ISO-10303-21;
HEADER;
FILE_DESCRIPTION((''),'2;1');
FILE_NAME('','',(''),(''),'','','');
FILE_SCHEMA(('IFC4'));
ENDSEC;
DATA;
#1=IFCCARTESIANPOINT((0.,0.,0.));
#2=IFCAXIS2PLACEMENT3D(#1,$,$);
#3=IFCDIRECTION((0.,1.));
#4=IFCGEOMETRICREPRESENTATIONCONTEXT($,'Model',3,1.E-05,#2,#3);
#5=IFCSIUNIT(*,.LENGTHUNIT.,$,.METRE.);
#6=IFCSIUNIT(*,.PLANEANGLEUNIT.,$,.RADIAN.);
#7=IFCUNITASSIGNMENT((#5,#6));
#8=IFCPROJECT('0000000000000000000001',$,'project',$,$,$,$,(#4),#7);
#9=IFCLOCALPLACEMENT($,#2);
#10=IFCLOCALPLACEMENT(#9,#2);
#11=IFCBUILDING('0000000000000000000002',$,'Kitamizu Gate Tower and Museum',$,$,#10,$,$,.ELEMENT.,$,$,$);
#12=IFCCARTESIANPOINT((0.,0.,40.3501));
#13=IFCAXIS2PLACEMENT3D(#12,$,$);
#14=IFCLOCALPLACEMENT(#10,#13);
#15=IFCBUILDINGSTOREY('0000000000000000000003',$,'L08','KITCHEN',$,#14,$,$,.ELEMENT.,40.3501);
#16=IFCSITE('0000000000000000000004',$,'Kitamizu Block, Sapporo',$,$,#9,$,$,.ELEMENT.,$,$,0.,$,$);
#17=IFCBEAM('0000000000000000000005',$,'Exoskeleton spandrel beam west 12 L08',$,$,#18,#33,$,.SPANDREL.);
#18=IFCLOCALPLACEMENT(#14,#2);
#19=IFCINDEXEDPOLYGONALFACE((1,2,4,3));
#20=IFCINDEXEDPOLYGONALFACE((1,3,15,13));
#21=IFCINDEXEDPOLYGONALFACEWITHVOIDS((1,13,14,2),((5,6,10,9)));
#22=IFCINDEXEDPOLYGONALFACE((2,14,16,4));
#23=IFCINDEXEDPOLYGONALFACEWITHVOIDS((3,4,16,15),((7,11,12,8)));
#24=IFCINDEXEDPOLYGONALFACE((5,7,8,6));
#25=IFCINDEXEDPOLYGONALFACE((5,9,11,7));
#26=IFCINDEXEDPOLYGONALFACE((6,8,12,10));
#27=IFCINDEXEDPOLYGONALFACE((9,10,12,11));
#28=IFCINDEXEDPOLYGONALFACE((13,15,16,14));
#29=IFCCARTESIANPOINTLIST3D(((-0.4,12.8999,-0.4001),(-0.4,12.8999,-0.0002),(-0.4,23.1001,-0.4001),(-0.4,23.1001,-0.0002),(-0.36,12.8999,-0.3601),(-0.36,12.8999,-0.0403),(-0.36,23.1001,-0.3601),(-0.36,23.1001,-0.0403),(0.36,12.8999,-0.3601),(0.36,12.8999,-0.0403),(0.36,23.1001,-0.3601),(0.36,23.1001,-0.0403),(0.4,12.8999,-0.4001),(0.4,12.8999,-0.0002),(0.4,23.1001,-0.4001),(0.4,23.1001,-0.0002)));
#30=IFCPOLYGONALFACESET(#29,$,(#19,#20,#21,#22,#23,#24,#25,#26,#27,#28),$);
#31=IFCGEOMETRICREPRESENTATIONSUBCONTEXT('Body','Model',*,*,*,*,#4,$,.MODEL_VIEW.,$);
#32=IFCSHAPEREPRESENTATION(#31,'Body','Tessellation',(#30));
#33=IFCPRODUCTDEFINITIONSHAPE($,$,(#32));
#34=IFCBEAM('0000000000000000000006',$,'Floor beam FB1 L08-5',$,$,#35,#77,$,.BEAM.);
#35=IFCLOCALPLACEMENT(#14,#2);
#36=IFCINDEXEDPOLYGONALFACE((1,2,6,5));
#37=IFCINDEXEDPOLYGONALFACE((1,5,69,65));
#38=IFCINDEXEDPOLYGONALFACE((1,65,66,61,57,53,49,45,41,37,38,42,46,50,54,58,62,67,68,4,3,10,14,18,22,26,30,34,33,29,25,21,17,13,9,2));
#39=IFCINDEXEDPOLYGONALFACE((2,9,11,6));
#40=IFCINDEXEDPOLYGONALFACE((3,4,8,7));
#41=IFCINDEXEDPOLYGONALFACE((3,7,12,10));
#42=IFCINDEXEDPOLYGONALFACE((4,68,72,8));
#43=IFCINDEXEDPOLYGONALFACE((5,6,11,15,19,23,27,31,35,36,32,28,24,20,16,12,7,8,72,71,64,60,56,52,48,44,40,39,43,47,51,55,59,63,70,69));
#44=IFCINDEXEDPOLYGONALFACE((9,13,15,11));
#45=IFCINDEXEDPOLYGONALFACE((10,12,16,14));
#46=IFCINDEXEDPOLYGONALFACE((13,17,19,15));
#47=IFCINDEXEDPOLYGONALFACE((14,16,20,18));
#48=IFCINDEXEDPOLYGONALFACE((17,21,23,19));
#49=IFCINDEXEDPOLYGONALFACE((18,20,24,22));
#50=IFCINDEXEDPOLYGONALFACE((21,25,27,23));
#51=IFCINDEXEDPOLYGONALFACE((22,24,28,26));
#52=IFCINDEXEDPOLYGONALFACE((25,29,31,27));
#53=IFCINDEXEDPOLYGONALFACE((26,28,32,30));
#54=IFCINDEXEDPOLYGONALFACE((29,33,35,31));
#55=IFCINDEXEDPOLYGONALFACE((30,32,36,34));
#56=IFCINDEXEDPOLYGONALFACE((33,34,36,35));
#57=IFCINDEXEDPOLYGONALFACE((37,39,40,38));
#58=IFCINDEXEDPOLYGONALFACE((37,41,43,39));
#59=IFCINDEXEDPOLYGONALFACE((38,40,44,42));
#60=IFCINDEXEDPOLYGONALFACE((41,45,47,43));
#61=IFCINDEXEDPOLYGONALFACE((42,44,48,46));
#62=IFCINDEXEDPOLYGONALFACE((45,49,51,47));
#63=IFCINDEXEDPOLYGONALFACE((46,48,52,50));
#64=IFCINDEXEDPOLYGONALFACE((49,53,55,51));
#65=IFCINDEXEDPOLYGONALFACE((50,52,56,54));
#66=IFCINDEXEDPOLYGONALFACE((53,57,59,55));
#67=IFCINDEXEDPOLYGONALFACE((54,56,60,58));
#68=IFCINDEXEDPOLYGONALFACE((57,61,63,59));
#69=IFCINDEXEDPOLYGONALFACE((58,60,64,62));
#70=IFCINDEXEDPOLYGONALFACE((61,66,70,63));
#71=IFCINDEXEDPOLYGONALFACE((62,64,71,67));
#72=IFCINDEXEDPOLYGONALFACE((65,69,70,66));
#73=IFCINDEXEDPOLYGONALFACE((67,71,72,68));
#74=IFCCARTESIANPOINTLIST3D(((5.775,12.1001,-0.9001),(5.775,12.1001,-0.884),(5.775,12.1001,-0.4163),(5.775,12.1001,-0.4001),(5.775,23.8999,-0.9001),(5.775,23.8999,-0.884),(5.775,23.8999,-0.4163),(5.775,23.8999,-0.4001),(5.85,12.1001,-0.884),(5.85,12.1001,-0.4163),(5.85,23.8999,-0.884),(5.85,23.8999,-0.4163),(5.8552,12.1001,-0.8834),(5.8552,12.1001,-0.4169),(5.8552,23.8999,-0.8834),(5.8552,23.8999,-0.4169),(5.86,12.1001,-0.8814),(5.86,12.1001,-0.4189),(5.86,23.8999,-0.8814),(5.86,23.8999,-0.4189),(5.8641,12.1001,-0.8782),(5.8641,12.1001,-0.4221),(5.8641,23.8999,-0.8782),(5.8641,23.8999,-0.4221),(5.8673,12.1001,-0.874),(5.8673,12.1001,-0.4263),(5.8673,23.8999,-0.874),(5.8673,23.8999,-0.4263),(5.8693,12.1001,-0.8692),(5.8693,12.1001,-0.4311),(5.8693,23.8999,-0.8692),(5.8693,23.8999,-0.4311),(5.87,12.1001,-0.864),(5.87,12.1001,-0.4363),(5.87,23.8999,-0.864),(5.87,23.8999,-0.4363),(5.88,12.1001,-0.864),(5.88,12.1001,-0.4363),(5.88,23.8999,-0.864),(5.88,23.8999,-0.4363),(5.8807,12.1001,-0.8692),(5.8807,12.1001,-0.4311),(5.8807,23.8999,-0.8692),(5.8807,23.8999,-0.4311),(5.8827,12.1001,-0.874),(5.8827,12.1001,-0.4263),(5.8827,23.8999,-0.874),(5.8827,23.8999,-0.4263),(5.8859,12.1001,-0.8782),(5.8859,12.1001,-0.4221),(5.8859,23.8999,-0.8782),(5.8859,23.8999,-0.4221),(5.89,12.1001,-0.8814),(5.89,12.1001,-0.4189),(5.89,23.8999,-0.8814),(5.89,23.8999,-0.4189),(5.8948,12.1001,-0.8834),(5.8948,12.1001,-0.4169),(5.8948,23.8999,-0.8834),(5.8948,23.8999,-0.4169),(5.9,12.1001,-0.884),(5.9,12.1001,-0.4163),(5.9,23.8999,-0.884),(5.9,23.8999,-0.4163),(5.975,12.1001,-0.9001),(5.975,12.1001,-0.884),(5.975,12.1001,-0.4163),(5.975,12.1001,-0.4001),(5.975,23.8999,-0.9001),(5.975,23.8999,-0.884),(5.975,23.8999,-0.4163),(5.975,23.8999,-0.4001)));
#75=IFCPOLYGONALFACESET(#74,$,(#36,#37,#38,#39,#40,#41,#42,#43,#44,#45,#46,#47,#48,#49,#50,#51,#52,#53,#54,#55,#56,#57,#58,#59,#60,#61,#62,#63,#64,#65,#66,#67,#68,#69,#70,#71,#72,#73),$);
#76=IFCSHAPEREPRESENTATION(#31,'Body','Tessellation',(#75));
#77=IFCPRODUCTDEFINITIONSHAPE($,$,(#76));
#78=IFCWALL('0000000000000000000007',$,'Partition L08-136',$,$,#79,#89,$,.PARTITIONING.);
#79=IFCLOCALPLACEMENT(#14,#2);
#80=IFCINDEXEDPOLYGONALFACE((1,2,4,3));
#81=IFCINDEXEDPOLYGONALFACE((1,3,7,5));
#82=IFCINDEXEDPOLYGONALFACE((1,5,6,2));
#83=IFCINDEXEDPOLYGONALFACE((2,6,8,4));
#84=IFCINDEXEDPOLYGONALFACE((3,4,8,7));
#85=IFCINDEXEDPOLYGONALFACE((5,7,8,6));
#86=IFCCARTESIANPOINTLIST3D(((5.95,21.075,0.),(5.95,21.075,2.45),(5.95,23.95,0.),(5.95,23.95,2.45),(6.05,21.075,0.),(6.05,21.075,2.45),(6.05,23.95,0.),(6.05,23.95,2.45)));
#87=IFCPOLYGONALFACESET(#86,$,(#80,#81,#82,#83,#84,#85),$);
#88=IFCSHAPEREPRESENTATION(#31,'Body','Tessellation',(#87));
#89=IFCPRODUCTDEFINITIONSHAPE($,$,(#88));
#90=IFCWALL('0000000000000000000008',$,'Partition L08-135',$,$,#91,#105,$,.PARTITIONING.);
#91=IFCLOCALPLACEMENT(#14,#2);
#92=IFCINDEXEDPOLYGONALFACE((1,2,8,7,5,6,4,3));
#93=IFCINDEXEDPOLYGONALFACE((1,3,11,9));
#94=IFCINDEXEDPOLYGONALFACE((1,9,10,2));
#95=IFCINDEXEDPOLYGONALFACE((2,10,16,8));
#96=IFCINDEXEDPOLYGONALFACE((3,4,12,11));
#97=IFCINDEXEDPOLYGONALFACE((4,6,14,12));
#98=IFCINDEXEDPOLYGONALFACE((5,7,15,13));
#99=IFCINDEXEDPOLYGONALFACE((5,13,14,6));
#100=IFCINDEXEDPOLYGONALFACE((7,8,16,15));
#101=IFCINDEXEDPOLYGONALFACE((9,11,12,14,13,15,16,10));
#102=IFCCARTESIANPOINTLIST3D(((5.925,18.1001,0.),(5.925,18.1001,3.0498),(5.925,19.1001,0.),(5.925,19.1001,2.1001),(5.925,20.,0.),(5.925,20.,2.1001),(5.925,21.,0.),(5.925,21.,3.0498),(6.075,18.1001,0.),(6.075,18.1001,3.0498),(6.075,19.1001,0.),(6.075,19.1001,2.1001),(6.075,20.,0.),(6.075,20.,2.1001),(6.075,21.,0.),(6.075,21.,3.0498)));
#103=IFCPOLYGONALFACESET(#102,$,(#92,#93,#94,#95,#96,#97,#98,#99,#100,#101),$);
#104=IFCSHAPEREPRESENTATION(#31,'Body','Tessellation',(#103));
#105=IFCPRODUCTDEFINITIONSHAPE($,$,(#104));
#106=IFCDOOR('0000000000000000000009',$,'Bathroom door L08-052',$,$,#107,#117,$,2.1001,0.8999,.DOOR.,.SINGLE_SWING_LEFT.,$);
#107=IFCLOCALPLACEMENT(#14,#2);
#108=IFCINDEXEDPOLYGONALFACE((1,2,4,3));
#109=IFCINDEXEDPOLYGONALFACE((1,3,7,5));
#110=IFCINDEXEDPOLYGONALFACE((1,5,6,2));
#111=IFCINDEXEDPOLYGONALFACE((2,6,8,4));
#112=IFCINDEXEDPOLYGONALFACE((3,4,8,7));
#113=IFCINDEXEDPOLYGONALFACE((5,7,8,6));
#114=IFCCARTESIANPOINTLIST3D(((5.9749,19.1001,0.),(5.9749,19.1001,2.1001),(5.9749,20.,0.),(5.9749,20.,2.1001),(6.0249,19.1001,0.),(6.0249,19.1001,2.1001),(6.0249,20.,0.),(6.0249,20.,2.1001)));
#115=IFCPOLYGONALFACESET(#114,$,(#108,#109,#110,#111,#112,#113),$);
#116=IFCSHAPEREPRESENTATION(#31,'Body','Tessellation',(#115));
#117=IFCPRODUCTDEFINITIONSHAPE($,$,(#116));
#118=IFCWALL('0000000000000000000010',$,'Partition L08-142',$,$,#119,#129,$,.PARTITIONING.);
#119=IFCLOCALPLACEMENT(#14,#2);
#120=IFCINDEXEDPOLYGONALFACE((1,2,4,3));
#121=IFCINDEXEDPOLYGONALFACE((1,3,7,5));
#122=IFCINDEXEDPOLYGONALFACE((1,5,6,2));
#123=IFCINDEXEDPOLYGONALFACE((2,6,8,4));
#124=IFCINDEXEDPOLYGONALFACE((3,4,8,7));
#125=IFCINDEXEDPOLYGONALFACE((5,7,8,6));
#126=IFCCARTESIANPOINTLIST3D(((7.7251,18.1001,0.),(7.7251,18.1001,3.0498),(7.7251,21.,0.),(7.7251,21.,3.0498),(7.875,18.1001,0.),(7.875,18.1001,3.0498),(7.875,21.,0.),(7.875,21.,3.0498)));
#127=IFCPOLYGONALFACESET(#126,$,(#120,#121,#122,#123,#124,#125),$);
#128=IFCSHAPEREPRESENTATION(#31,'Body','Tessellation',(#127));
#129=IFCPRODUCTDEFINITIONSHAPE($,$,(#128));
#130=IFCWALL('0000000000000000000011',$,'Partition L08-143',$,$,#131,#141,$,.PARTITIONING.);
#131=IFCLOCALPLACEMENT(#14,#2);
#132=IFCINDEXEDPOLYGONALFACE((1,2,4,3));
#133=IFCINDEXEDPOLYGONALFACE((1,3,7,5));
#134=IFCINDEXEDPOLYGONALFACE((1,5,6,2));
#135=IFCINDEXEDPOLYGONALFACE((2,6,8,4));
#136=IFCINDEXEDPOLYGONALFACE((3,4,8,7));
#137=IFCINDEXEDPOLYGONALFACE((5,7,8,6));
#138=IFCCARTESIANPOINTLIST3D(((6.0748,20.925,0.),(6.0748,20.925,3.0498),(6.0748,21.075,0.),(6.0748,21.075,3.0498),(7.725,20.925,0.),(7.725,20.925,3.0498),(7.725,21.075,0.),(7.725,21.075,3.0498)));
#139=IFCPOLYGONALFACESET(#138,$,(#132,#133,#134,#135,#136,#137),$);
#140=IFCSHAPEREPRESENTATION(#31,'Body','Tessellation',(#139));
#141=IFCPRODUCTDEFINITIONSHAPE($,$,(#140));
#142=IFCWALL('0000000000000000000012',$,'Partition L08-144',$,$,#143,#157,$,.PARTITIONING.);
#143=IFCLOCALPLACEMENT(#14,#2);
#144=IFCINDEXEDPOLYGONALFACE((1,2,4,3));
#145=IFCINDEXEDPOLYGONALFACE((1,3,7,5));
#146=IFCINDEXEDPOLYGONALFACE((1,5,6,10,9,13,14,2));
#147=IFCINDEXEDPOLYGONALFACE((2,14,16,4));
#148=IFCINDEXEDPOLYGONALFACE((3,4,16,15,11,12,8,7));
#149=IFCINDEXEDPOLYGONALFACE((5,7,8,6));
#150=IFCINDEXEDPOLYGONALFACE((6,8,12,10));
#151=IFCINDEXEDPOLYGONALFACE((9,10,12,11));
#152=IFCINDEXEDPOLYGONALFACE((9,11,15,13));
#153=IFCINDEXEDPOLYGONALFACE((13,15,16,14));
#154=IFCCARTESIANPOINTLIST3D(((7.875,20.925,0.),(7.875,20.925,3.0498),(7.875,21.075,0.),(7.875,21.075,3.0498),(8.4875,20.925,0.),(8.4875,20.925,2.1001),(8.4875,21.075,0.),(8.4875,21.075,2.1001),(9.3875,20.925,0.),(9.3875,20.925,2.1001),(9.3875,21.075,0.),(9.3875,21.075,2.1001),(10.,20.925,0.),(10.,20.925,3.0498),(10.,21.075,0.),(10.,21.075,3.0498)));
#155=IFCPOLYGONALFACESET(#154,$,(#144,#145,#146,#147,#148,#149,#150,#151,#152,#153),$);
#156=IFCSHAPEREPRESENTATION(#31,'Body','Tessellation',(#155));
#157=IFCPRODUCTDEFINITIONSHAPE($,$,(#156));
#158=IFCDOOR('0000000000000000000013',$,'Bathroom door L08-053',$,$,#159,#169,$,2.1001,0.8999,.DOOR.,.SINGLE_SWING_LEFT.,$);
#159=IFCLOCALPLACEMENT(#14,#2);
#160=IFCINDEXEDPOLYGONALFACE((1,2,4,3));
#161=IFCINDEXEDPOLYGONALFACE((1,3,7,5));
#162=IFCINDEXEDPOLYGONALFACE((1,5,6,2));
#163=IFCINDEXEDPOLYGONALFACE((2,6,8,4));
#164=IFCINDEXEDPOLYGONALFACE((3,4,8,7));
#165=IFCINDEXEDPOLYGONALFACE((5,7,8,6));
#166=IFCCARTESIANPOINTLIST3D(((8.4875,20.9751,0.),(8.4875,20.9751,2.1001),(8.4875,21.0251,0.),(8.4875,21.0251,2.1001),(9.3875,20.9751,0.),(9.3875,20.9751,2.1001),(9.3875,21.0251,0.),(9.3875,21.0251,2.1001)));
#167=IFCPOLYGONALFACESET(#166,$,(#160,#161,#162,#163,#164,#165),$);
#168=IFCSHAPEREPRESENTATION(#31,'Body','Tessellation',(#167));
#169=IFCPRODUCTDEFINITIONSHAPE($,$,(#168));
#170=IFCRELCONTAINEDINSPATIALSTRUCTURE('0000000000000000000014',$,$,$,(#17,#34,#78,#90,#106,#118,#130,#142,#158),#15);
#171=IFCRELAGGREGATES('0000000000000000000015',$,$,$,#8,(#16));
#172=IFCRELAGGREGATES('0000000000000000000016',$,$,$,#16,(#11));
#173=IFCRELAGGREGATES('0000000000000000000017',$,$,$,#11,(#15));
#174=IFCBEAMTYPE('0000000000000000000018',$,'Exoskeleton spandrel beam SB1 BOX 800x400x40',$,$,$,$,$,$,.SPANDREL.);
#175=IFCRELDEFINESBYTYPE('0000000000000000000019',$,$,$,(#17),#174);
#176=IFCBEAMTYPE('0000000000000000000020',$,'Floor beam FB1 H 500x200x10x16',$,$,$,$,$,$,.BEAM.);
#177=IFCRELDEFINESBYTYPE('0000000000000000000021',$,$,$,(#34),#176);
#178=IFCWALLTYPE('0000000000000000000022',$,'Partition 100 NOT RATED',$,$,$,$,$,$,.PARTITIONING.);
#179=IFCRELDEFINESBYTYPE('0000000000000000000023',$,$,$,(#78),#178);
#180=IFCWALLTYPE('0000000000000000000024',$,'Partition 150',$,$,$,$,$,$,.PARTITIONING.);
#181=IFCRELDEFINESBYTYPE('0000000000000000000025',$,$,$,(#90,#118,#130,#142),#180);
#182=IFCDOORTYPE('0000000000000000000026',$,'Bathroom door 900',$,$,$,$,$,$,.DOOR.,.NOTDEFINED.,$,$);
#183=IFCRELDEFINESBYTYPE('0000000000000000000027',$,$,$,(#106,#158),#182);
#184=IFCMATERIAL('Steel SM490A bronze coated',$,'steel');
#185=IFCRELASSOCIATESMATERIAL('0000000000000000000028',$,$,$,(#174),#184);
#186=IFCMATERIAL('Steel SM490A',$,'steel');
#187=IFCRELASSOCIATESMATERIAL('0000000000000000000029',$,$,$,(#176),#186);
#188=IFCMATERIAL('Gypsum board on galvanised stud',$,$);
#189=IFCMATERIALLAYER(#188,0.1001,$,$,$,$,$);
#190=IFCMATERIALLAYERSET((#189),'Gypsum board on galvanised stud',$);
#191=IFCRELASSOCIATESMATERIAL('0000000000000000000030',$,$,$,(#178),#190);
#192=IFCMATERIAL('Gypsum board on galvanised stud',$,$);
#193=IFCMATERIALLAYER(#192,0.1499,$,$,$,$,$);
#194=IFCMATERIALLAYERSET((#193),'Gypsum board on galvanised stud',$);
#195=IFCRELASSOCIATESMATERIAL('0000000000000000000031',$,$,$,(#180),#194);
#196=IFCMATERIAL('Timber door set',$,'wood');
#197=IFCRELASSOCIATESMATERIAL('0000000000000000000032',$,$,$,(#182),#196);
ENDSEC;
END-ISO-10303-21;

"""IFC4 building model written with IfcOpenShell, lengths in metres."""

from ifc_helpers import new_model, si_unit, direction, frame, frame_2d, origin, origin_2d, place, context, subcontext, project, spatial, rectangle, hollow_rectangle, i_section, extrude, material, layer, layer_set, material_profile, profile_set, type_object, element, fill, save


model = new_model("IFC4")

# Units and contexts
model_context = context("Model", 3, precision=1e-05, world=origin(), true_north=direction((0.0, 1.0)))
body_context = subcontext(model_context, "Body", "Model", "MODEL_VIEW")
ifc_project = project(units=[si_unit("LENGTHUNIT", "METRE"), si_unit("PLANEANGLEUNIT", "RADIAN")], contexts=[model_context])

# Site, building, storey
site_placement = place(None, origin())
site = spatial("IfcSite", under=ifc_project, at=site_placement, Name="Kitamizu Block, Sapporo", CompositionType="ELEMENT", RefElevation=0.0)
building_placement = place(site_placement, origin())
building = spatial("IfcBuilding", under=site, at=building_placement, Name="Kitamizu Gate Tower and Museum", CompositionType="ELEMENT")
storey_placement = place(building_placement, frame((0.0, 0.0, 40.3501)))
storey = spatial("IfcBuildingStorey", under=building, at=storey_placement, Name="L08", Description="KITCHEN", CompositionType="ELEMENT", Elevation=40.3501)

# Beams
ifc_material_1 = material(Name="Steel SM490A bronze coated", Category="steel")
ifc_material_profile_1 = material_profile(ifc_material_1, hollow_rectangle(XDim=0.8, YDim=0.3999, WallThickness=0.04, at=origin_2d()), Name="BOX 800x400x40")
ifc_profile_set_1 = profile_set([ifc_material_profile_1], Name="Steel SM490A bronze coated")
beam_type_1 = type_object("IfcBeamType", Name="Exoskeleton spandrel beam SB1 BOX 800x400x40", PredefinedType="SPANDREL", material=ifc_profile_set_1)
beam_1_placement = place(storey_placement, frame((0.0, 12.8999, -0.2002), z_axis=(0.0, 1.0, 0.0), x_axis=(-1.0, 0.0, 0.0)))
element("IfcBeam", 1, at=beam_1_placement, inside=storey, type_object=beam_type_1, Name="Exoskeleton spandrel beam west 12 L08", PredefinedType="SPANDREL", context=body_context, shape_type="SweptSolid", body=[
    extrude(hollow_rectangle(XDim=0.8, YDim=0.3999, WallThickness=0.04, at=origin_2d()), origin(), (0.0, 0.0, 1.0), 10.2002),
])
ifc_material_2 = material(Name="Steel SM490A", Category="steel")
ifc_material_profile_2 = material_profile(ifc_material_2, i_section(OverallWidth=0.2, OverallDepth=0.5, WebThickness=0.01, FlangeThickness=0.0161, FilletRadius=0.02, at=origin_2d()), Name="H-500x200x10x16")
ifc_profile_set_2 = profile_set([ifc_material_profile_2], Name="Steel SM490A")
beam_type_2 = type_object("IfcBeamType", Name="Floor beam FB1 H 500x200x10x16", PredefinedType="BEAM", material=ifc_profile_set_2)
beam_2_placement = place(storey_placement, frame((5.875, 12.1001, -0.6501), z_axis=(0.0, 1.0, 0.0), x_axis=(-1.0, 0.0, 0.0)))
element("IfcBeam", 2, at=beam_2_placement, inside=storey, type_object=beam_type_2, Name="Floor beam FB1 L08-5", PredefinedType="BEAM", context=body_context, shape_type="SweptSolid", body=[
    extrude(i_section(OverallWidth=0.2, OverallDepth=0.5, WebThickness=0.01, FlangeThickness=0.0161, FilletRadius=0.02, at=origin_2d()), origin(), (0.0, 0.0, 1.0), 11.7998),
])

# Wall
ifc_material_3 = material(Name="Gypsum board on galvanised stud")
ifc_layer_1 = layer(ifc_material_3, 0.1001)
ifc_layer_set_1 = layer_set([ifc_layer_1], Name="Gypsum board on galvanised stud")
wall_type_1 = type_object("IfcWallType", Name="Partition 100 NOT RATED", PredefinedType="PARTITIONING", material=ifc_layer_set_1)
wall_1_placement = place(storey_placement, frame((6.0, 21.075, 0.0), z_axis=(0.0, 0.0, 1.0), x_axis=(0.0, 1.0, 0.0)))
element("IfcWall", 3, at=wall_1_placement, inside=storey, type_object=wall_type_1, Name="Partition L08-136", PredefinedType="PARTITIONING", context=body_context, shape_type="SweptSolid", body=[
    extrude(rectangle(XDim=2.875, YDim=0.1001, at=frame_2d((1.4375, 0.0))), origin(), (0.0, 0.0, 1.0), 2.45),
])

# Wall, opening, door
ifc_material_4 = material(Name="Gypsum board on galvanised stud")
ifc_layer_2 = layer(ifc_material_4, 0.1499)
ifc_layer_set_2 = layer_set([ifc_layer_2], Name="Gypsum board on galvanised stud")
wall_type_2 = type_object("IfcWallType", Name="Partition 150", PredefinedType="PARTITIONING", material=ifc_layer_set_2)
wall_2_placement = place(storey_placement, frame((6.0, 18.1001, 0.0), z_axis=(0.0, 0.0, 1.0), x_axis=(0.0, 1.0, 0.0)))
wall_2 = element("IfcWall", 4, at=wall_2_placement, inside=storey, type_object=wall_type_2, Name="Partition L08-135", PredefinedType="PARTITIONING", context=body_context, shape_type="SweptSolid", body=[
    extrude(rectangle(XDim=2.8999, YDim=0.1499, at=frame_2d((1.45, 0.0))), origin(), (0.0, 0.0, 1.0), 3.0498),
])
opening_1_placement = place(wall_2_placement, frame((1.0, 0.0, 0.0)))
opening_1 = element("IfcOpeningElement", 5, at=opening_1_placement, cuts=wall_2, PredefinedType="OPENING", context=body_context, shape_type="SweptSolid", body=[
    extrude(rectangle(XDim=0.8999, YDim=2.1001, at=frame_2d((0.45, 1.05))), frame((0.0, 0.085, 0.0), z_axis=(0.0, -1.0, 0.0), x_axis=(1.0, 0.0, 0.0)), (0.0, 0.0, 1.0), 0.1699),
])
ifc_material_5 = material(Name="Timber door set", Category="wood")
door_type = type_object("IfcDoorType", Name="Bathroom door 900", OperationType="NOTDEFINED", PredefinedType="DOOR", material=ifc_material_5)
door_1_placement = place(opening_1_placement, frame((0.8999, 0.0, 0.0), x_axis=(-1.0, 0.0, 0.0)))
door_1 = element("IfcDoor", 6, at=door_1_placement, inside=storey, type_object=door_type, Name="Bathroom door L08-052", OperationType="SINGLE_SWING_LEFT", OverallHeight=2.1001, OverallWidth=0.8999, PredefinedType="DOOR", context=body_context, shape_type="SweptSolid", body=[
    extrude(rectangle(XDim=0.8999, YDim=2.1001, at=frame_2d((0.45, 1.05))), frame((0.0, 0.0249, 0.0), z_axis=(0.0, -1.0, 0.0), x_axis=(1.0, 0.0, 0.0)), (0.0, 0.0, 1.0), 0.05),
])
fill(opening_1, door_1)

# Walls
wall_3_placement = place(storey_placement, frame((7.8, 18.1001, 0.0), z_axis=(0.0, 0.0, 1.0), x_axis=(0.0, 1.0, 0.0)))
element("IfcWall", 7, at=wall_3_placement, inside=storey, type_object=wall_type_2, Name="Partition L08-142", PredefinedType="PARTITIONING", context=body_context, shape_type="SweptSolid", body=[
    extrude(rectangle(XDim=2.8999, YDim=0.1499, at=frame_2d((1.45, 0.0))), origin(), (0.0, 0.0, 1.0), 3.0498),
])
wall_4_placement = place(storey_placement, frame((7.7251, 21.0, 0.0), z_axis=(0.0, 0.0, 1.0), x_axis=(-1.0, 0.0, 0.0)))
element("IfcWall", 8, at=wall_4_placement, inside=storey, type_object=wall_type_2, Name="Partition L08-143", PredefinedType="PARTITIONING", context=body_context, shape_type="SweptSolid", body=[
    extrude(rectangle(XDim=1.6501, YDim=0.1499, at=frame_2d((0.8252, 0.0))), origin(), (0.0, 0.0, 1.0), 3.0498),
])

# Wall, opening, door
wall_5_placement = place(storey_placement, frame((10.0, 21.0, 0.0), z_axis=(0.0, 0.0, 1.0), x_axis=(-1.0, 0.0, 0.0)))
wall_5 = element("IfcWall", 9, at=wall_5_placement, inside=storey, type_object=wall_type_2, Name="Partition L08-144", PredefinedType="PARTITIONING", context=body_context, shape_type="SweptSolid", body=[
    extrude(rectangle(XDim=2.125, YDim=0.1499, at=frame_2d((1.0625, 0.0))), origin(), (0.0, 0.0, 1.0), 3.0498),
])
opening_2_placement = place(wall_5_placement, frame((0.6125, 0.0, 0.0)))
opening_2 = element("IfcOpeningElement", 10, at=opening_2_placement, cuts=wall_5, PredefinedType="OPENING", context=body_context, shape_type="SweptSolid", body=[
    extrude(rectangle(XDim=0.8999, YDim=2.1001, at=frame_2d((0.45, 1.05))), frame((0.0, 0.085, 0.0), z_axis=(0.0, -1.0, 0.0), x_axis=(1.0, 0.0, 0.0)), (0.0, 0.0, 1.0), 0.1699),
])
door_2_placement = place(opening_2_placement, origin())
door_2 = element("IfcDoor", 11, at=door_2_placement, inside=storey, type_object=door_type, Name="Bathroom door L08-053", OperationType="SINGLE_SWING_LEFT", OverallHeight=2.1001, OverallWidth=0.8999, PredefinedType="DOOR", context=body_context, shape_type="SweptSolid", body=[
    extrude(rectangle(XDim=0.8999, YDim=2.1001, at=frame_2d((0.45, 1.05))), frame((0.0, 0.0249, 0.0), z_axis=(0.0, -1.0, 0.0), x_axis=(1.0, 0.0, 0.0)), (0.0, 0.0, 1.0), 0.05),
])
fill(opening_2, door_2)

save(model, "model.ifc")
